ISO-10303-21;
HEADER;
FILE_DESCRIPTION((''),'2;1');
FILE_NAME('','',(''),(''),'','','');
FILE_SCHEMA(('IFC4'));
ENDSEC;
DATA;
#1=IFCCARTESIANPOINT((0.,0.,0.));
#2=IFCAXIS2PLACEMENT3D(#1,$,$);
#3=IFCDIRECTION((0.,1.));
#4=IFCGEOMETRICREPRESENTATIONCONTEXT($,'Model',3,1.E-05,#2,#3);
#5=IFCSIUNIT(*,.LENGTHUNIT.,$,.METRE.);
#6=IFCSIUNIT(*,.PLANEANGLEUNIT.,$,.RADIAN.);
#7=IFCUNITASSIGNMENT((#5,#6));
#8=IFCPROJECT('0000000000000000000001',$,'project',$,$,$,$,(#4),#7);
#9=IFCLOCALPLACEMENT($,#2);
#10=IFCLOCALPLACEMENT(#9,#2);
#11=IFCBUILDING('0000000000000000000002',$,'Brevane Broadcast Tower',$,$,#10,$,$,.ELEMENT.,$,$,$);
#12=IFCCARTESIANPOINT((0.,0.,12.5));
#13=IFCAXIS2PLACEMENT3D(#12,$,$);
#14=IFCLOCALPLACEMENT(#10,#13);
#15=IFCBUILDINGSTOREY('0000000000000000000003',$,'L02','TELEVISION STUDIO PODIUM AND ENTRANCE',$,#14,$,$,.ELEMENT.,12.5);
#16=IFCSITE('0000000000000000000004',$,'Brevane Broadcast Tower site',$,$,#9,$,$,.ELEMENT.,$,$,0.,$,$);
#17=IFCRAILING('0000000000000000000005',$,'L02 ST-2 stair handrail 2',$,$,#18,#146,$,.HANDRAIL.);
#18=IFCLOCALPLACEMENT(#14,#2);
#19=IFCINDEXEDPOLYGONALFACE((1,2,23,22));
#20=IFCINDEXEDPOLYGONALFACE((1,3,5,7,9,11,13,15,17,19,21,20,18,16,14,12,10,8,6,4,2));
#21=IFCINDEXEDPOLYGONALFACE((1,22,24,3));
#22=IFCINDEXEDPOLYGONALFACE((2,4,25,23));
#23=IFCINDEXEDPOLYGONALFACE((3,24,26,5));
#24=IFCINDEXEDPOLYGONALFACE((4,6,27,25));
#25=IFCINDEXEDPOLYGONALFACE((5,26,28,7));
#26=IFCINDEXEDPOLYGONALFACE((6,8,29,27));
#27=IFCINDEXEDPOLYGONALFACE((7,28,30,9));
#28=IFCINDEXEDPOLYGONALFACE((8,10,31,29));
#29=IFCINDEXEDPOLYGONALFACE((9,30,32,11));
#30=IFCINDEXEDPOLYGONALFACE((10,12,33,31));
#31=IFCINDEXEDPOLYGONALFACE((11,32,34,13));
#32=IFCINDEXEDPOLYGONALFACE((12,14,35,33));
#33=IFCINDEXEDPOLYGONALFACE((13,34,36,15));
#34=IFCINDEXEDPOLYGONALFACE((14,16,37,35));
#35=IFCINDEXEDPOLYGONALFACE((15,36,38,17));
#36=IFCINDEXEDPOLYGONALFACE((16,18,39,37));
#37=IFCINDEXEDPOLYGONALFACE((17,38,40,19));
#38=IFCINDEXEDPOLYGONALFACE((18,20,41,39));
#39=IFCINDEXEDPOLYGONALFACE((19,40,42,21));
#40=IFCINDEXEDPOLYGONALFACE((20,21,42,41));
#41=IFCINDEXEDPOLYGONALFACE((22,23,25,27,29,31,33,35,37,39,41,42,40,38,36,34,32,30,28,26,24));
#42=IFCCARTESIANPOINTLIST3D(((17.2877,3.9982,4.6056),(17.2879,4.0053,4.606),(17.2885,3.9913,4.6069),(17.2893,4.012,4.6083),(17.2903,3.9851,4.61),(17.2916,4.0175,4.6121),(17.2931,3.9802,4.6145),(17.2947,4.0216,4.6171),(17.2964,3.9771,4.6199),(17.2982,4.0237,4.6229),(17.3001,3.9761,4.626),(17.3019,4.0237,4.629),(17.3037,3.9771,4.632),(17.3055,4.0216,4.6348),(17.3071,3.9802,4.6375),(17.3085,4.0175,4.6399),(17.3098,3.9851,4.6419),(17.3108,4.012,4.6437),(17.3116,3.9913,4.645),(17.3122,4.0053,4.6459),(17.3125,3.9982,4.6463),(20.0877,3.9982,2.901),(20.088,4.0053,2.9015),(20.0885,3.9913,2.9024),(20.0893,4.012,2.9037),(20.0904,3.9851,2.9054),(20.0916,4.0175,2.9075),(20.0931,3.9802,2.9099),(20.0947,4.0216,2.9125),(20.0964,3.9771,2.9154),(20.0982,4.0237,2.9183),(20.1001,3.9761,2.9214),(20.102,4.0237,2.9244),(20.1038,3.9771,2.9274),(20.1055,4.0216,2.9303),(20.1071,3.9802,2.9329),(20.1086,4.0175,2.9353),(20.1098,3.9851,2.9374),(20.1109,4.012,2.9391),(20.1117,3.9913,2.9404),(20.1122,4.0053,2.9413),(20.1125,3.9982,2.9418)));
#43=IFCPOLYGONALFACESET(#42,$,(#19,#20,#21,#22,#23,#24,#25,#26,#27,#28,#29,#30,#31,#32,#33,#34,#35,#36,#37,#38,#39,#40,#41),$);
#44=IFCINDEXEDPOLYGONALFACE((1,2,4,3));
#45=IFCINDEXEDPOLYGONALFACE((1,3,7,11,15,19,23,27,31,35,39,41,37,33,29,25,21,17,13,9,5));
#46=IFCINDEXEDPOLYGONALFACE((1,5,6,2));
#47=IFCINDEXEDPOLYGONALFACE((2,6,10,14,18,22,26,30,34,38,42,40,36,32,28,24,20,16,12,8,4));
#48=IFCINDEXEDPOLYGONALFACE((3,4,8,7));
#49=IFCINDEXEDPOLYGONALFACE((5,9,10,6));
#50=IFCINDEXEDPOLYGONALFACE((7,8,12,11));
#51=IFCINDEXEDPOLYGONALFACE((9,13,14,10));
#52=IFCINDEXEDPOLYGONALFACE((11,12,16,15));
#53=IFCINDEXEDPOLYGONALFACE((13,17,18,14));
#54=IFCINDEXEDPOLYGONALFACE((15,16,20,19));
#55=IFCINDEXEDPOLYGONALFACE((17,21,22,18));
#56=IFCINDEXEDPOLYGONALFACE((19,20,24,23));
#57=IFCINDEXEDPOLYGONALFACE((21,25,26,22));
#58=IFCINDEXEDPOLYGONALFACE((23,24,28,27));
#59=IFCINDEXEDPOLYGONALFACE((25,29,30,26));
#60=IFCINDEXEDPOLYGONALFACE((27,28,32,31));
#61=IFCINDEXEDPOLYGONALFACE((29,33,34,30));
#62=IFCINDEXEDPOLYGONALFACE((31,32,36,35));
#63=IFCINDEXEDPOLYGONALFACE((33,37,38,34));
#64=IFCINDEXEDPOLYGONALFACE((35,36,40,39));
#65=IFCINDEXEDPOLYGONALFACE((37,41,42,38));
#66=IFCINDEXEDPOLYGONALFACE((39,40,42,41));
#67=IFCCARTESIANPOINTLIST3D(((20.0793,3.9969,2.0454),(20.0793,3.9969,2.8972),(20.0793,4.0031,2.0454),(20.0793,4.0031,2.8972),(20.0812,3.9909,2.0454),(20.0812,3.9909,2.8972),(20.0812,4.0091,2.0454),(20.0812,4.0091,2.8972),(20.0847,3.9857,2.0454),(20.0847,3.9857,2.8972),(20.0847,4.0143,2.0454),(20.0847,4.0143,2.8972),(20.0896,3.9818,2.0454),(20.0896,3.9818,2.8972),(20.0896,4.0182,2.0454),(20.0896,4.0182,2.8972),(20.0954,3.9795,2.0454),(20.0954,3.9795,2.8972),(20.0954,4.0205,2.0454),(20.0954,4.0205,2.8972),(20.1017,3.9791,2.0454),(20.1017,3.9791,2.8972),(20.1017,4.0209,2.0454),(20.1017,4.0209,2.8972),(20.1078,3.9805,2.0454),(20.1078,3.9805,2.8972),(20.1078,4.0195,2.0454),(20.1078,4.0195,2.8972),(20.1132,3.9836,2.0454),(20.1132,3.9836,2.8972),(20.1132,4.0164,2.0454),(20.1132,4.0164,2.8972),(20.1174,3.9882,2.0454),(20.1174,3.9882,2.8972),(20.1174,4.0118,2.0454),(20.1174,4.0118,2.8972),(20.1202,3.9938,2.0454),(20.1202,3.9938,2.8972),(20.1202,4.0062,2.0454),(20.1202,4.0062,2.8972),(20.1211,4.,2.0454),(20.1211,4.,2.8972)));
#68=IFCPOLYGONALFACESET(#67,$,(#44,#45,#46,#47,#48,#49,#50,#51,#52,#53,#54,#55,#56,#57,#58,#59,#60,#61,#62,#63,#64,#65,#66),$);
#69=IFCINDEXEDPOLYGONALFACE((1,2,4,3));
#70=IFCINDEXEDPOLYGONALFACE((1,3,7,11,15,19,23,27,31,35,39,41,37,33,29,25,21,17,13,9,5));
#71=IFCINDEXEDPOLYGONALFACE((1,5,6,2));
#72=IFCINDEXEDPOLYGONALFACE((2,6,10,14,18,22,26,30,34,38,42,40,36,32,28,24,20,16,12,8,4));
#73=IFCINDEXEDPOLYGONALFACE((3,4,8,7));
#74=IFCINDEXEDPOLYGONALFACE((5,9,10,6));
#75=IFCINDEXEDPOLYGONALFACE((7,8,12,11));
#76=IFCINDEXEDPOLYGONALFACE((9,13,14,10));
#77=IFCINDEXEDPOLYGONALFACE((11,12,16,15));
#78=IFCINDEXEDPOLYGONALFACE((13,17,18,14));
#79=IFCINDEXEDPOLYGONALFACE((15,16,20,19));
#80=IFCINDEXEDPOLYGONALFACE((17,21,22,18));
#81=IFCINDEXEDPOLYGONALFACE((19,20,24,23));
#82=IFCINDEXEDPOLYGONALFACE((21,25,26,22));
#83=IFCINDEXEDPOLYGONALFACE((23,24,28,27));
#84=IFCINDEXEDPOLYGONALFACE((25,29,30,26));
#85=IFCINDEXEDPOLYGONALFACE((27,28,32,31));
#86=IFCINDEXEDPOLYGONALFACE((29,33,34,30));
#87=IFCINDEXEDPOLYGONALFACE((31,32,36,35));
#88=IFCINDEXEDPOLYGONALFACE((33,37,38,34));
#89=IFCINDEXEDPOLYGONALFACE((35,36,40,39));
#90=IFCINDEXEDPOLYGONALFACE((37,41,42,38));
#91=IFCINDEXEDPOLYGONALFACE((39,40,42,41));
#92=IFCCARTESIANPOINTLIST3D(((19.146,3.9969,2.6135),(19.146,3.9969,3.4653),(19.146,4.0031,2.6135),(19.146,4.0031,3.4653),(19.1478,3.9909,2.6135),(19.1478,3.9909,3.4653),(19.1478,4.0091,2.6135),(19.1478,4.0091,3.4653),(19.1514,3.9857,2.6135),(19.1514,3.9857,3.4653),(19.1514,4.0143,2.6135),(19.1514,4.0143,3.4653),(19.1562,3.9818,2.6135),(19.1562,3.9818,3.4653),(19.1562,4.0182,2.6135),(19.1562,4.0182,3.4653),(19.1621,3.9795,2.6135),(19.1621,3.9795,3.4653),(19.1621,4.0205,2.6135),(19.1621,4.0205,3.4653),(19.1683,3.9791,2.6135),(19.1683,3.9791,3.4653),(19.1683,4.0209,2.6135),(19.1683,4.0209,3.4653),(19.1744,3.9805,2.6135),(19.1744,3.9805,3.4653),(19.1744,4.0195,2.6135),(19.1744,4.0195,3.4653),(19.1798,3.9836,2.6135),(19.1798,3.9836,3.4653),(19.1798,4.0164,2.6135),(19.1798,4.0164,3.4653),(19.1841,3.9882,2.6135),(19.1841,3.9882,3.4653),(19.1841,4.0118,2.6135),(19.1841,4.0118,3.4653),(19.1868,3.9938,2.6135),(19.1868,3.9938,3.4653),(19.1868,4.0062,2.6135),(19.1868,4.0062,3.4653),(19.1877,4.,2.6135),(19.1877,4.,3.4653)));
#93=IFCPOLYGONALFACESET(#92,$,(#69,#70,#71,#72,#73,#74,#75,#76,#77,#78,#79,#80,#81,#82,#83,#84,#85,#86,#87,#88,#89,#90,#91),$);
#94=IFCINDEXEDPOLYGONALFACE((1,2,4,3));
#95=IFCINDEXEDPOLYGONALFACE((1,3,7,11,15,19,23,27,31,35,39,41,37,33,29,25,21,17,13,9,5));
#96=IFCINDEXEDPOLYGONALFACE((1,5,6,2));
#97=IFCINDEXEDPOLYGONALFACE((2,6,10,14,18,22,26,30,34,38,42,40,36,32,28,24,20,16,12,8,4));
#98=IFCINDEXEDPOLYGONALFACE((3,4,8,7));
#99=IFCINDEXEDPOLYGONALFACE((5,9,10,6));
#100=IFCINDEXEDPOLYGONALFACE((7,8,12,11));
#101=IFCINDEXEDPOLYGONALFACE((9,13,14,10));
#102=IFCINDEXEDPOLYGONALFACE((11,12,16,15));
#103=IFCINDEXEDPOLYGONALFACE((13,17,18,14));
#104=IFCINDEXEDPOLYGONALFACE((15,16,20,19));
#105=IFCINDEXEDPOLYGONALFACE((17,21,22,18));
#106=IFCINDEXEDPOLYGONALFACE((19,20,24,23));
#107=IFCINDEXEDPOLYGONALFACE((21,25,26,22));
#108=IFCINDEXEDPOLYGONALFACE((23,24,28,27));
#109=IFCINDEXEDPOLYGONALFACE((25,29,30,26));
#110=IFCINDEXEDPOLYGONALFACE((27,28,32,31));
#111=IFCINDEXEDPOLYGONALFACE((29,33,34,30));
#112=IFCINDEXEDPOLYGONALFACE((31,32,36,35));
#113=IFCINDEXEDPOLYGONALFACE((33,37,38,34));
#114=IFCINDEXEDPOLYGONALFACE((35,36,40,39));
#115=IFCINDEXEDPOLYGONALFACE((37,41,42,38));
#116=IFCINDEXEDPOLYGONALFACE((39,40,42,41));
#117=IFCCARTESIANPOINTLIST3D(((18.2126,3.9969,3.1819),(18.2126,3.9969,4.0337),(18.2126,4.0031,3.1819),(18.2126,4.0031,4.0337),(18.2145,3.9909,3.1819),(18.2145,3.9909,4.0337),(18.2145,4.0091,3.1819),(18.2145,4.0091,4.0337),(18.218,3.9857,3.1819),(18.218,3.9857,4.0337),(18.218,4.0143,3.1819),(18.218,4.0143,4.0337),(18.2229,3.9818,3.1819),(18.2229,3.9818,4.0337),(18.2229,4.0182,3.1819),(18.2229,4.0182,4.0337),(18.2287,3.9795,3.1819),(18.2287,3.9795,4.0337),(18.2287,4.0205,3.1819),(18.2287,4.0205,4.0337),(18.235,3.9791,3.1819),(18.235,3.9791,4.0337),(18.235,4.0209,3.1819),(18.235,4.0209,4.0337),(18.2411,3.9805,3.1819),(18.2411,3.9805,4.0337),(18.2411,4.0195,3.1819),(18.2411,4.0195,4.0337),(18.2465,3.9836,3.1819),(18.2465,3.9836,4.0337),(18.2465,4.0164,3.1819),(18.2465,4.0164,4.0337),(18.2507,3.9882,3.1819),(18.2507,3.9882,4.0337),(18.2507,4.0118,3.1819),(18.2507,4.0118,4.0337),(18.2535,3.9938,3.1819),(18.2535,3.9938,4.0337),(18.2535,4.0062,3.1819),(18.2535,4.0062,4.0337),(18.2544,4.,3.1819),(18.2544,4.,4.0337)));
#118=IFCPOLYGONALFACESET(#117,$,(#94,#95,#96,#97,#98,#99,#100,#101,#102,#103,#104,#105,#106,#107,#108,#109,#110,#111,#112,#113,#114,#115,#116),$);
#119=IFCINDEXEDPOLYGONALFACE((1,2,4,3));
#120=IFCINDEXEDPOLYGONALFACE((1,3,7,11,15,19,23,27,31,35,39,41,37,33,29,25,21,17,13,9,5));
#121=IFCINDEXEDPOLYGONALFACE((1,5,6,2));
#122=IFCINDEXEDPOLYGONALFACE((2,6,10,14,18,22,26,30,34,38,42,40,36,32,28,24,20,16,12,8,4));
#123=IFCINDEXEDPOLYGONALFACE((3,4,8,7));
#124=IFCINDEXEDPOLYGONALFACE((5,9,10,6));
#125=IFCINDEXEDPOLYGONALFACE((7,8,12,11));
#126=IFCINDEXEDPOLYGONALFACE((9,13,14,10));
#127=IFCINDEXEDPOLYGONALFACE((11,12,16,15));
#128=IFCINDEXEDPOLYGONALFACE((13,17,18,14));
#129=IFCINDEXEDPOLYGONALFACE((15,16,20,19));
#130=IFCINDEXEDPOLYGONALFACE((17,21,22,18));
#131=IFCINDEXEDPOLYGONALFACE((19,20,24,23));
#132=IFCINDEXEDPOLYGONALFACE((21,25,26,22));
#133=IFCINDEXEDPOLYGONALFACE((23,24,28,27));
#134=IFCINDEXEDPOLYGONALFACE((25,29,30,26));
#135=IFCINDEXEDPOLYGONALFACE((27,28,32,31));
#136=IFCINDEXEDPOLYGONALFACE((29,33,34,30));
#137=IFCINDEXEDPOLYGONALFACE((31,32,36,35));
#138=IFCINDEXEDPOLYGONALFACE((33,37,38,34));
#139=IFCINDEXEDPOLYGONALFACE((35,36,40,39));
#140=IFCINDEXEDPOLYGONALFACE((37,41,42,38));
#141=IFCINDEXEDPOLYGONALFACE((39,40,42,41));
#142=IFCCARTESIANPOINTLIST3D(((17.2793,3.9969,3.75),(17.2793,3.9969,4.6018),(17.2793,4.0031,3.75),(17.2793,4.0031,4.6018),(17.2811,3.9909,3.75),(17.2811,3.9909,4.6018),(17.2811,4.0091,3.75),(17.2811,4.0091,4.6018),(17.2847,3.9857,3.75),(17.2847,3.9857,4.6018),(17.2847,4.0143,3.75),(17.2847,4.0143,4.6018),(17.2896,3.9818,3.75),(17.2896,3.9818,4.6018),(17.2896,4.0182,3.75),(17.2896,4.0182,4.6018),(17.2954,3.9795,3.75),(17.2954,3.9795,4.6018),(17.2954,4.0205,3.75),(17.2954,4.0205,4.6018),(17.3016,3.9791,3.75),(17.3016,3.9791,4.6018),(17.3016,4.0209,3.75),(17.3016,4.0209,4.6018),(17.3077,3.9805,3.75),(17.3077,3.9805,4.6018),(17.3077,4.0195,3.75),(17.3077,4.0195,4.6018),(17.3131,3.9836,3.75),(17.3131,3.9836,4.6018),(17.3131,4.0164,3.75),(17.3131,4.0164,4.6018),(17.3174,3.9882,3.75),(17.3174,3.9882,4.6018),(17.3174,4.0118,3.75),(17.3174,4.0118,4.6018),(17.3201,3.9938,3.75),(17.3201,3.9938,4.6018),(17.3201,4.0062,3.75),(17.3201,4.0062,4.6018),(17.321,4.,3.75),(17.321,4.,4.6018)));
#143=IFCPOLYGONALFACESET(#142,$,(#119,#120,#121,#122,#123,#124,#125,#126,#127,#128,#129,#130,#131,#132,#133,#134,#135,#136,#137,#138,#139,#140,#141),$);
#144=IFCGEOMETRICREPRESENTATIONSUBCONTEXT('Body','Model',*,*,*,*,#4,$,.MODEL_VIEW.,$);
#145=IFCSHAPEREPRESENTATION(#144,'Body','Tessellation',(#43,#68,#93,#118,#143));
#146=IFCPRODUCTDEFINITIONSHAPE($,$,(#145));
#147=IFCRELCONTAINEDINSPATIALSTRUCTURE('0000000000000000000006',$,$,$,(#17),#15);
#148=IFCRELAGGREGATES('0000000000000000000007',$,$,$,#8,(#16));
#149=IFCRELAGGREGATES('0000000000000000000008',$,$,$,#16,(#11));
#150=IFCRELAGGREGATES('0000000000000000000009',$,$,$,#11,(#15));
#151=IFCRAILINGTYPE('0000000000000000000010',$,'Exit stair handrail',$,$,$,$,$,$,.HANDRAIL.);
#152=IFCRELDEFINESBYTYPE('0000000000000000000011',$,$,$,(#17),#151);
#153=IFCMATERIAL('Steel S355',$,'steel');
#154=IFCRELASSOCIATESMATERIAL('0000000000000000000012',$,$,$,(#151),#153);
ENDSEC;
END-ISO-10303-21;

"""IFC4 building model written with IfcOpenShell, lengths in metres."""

from ifc_helpers import new_model, si_unit, direction, frame, origin, origin_2d, place, context, subcontext, project, spatial, circle, extrude, material, type_object, element, save


model = new_model("IFC4")

# Units and contexts
model_context = context("Model", 3, precision=1e-05, world=origin(), true_north=direction((0.0, 1.0)))
body_context = subcontext(model_context, "Body", "Model", "MODEL_VIEW")
ifc_project = project(units=[si_unit("LENGTHUNIT", "METRE"), si_unit("PLANEANGLEUNIT", "RADIAN")], contexts=[model_context])

# Site, building, storey
site_placement = place(None, origin())
site = spatial("IfcSite", under=ifc_project, at=site_placement, Name="Brevane Broadcast Tower site", CompositionType="ELEMENT", RefElevation=0.0)
building_placement = place(site_placement, origin())
building = spatial("IfcBuilding", under=site, at=building_placement, Name="Brevane Broadcast Tower", CompositionType="ELEMENT")
storey_placement = place(building_placement, frame((0.0, 0.0, 12.5)))
storey = spatial("IfcBuildingStorey", under=building, at=storey_placement, Name="L02", Description="TELEVISION STUDIO PODIUM AND ENTRANCE", CompositionType="ELEMENT", Elevation=12.5)

# Railing
ifc_material_1 = material(Name="Steel S355", Category="steel")
railing_type_1 = type_object("IfcRailingType", Name="Exit stair handrail", PredefinedType="HANDRAIL", material=ifc_material_1)
railing_1_placement = place(storey_placement, frame((20.1001, 4.0, 2.0454)))
element("IfcRailing", 1, at=railing_1_placement, inside=storey, type_object=railing_type_1, Name="L02 ST-2 stair handrail 2", PredefinedType="HANDRAIL", context=body_context, shape_type="SweptSolid", body=[
    extrude(circle(Radius=0.0239, at=origin_2d()), frame((0.0, 0.0, 0.876), z_axis=(-0.85417, 0.0, 0.519994), x_axis=(0.0, -1.0, 0.0)), (0.0, 0.0, 1.0), 3.2781),
    extrude(circle(Radius=0.021, at=origin_2d()), origin(), (0.0, 0.0, 1.0), 0.8518),
    extrude(circle(Radius=0.021, at=origin_2d()), frame((-0.9333, 0.0, 0.5681)), (0.0, 0.0, 1.0), 0.8518),
    extrude(circle(Radius=0.021, at=origin_2d()), frame((-1.8667, 0.0, 1.1365)), (0.0, 0.0, 1.0), 0.8518),
    extrude(circle(Radius=0.021, at=origin_2d()), frame((-2.8, 0.0, 1.7046)), (0.0, 0.0, 1.0), 0.8518),
])

save(model, "model.ifc")
